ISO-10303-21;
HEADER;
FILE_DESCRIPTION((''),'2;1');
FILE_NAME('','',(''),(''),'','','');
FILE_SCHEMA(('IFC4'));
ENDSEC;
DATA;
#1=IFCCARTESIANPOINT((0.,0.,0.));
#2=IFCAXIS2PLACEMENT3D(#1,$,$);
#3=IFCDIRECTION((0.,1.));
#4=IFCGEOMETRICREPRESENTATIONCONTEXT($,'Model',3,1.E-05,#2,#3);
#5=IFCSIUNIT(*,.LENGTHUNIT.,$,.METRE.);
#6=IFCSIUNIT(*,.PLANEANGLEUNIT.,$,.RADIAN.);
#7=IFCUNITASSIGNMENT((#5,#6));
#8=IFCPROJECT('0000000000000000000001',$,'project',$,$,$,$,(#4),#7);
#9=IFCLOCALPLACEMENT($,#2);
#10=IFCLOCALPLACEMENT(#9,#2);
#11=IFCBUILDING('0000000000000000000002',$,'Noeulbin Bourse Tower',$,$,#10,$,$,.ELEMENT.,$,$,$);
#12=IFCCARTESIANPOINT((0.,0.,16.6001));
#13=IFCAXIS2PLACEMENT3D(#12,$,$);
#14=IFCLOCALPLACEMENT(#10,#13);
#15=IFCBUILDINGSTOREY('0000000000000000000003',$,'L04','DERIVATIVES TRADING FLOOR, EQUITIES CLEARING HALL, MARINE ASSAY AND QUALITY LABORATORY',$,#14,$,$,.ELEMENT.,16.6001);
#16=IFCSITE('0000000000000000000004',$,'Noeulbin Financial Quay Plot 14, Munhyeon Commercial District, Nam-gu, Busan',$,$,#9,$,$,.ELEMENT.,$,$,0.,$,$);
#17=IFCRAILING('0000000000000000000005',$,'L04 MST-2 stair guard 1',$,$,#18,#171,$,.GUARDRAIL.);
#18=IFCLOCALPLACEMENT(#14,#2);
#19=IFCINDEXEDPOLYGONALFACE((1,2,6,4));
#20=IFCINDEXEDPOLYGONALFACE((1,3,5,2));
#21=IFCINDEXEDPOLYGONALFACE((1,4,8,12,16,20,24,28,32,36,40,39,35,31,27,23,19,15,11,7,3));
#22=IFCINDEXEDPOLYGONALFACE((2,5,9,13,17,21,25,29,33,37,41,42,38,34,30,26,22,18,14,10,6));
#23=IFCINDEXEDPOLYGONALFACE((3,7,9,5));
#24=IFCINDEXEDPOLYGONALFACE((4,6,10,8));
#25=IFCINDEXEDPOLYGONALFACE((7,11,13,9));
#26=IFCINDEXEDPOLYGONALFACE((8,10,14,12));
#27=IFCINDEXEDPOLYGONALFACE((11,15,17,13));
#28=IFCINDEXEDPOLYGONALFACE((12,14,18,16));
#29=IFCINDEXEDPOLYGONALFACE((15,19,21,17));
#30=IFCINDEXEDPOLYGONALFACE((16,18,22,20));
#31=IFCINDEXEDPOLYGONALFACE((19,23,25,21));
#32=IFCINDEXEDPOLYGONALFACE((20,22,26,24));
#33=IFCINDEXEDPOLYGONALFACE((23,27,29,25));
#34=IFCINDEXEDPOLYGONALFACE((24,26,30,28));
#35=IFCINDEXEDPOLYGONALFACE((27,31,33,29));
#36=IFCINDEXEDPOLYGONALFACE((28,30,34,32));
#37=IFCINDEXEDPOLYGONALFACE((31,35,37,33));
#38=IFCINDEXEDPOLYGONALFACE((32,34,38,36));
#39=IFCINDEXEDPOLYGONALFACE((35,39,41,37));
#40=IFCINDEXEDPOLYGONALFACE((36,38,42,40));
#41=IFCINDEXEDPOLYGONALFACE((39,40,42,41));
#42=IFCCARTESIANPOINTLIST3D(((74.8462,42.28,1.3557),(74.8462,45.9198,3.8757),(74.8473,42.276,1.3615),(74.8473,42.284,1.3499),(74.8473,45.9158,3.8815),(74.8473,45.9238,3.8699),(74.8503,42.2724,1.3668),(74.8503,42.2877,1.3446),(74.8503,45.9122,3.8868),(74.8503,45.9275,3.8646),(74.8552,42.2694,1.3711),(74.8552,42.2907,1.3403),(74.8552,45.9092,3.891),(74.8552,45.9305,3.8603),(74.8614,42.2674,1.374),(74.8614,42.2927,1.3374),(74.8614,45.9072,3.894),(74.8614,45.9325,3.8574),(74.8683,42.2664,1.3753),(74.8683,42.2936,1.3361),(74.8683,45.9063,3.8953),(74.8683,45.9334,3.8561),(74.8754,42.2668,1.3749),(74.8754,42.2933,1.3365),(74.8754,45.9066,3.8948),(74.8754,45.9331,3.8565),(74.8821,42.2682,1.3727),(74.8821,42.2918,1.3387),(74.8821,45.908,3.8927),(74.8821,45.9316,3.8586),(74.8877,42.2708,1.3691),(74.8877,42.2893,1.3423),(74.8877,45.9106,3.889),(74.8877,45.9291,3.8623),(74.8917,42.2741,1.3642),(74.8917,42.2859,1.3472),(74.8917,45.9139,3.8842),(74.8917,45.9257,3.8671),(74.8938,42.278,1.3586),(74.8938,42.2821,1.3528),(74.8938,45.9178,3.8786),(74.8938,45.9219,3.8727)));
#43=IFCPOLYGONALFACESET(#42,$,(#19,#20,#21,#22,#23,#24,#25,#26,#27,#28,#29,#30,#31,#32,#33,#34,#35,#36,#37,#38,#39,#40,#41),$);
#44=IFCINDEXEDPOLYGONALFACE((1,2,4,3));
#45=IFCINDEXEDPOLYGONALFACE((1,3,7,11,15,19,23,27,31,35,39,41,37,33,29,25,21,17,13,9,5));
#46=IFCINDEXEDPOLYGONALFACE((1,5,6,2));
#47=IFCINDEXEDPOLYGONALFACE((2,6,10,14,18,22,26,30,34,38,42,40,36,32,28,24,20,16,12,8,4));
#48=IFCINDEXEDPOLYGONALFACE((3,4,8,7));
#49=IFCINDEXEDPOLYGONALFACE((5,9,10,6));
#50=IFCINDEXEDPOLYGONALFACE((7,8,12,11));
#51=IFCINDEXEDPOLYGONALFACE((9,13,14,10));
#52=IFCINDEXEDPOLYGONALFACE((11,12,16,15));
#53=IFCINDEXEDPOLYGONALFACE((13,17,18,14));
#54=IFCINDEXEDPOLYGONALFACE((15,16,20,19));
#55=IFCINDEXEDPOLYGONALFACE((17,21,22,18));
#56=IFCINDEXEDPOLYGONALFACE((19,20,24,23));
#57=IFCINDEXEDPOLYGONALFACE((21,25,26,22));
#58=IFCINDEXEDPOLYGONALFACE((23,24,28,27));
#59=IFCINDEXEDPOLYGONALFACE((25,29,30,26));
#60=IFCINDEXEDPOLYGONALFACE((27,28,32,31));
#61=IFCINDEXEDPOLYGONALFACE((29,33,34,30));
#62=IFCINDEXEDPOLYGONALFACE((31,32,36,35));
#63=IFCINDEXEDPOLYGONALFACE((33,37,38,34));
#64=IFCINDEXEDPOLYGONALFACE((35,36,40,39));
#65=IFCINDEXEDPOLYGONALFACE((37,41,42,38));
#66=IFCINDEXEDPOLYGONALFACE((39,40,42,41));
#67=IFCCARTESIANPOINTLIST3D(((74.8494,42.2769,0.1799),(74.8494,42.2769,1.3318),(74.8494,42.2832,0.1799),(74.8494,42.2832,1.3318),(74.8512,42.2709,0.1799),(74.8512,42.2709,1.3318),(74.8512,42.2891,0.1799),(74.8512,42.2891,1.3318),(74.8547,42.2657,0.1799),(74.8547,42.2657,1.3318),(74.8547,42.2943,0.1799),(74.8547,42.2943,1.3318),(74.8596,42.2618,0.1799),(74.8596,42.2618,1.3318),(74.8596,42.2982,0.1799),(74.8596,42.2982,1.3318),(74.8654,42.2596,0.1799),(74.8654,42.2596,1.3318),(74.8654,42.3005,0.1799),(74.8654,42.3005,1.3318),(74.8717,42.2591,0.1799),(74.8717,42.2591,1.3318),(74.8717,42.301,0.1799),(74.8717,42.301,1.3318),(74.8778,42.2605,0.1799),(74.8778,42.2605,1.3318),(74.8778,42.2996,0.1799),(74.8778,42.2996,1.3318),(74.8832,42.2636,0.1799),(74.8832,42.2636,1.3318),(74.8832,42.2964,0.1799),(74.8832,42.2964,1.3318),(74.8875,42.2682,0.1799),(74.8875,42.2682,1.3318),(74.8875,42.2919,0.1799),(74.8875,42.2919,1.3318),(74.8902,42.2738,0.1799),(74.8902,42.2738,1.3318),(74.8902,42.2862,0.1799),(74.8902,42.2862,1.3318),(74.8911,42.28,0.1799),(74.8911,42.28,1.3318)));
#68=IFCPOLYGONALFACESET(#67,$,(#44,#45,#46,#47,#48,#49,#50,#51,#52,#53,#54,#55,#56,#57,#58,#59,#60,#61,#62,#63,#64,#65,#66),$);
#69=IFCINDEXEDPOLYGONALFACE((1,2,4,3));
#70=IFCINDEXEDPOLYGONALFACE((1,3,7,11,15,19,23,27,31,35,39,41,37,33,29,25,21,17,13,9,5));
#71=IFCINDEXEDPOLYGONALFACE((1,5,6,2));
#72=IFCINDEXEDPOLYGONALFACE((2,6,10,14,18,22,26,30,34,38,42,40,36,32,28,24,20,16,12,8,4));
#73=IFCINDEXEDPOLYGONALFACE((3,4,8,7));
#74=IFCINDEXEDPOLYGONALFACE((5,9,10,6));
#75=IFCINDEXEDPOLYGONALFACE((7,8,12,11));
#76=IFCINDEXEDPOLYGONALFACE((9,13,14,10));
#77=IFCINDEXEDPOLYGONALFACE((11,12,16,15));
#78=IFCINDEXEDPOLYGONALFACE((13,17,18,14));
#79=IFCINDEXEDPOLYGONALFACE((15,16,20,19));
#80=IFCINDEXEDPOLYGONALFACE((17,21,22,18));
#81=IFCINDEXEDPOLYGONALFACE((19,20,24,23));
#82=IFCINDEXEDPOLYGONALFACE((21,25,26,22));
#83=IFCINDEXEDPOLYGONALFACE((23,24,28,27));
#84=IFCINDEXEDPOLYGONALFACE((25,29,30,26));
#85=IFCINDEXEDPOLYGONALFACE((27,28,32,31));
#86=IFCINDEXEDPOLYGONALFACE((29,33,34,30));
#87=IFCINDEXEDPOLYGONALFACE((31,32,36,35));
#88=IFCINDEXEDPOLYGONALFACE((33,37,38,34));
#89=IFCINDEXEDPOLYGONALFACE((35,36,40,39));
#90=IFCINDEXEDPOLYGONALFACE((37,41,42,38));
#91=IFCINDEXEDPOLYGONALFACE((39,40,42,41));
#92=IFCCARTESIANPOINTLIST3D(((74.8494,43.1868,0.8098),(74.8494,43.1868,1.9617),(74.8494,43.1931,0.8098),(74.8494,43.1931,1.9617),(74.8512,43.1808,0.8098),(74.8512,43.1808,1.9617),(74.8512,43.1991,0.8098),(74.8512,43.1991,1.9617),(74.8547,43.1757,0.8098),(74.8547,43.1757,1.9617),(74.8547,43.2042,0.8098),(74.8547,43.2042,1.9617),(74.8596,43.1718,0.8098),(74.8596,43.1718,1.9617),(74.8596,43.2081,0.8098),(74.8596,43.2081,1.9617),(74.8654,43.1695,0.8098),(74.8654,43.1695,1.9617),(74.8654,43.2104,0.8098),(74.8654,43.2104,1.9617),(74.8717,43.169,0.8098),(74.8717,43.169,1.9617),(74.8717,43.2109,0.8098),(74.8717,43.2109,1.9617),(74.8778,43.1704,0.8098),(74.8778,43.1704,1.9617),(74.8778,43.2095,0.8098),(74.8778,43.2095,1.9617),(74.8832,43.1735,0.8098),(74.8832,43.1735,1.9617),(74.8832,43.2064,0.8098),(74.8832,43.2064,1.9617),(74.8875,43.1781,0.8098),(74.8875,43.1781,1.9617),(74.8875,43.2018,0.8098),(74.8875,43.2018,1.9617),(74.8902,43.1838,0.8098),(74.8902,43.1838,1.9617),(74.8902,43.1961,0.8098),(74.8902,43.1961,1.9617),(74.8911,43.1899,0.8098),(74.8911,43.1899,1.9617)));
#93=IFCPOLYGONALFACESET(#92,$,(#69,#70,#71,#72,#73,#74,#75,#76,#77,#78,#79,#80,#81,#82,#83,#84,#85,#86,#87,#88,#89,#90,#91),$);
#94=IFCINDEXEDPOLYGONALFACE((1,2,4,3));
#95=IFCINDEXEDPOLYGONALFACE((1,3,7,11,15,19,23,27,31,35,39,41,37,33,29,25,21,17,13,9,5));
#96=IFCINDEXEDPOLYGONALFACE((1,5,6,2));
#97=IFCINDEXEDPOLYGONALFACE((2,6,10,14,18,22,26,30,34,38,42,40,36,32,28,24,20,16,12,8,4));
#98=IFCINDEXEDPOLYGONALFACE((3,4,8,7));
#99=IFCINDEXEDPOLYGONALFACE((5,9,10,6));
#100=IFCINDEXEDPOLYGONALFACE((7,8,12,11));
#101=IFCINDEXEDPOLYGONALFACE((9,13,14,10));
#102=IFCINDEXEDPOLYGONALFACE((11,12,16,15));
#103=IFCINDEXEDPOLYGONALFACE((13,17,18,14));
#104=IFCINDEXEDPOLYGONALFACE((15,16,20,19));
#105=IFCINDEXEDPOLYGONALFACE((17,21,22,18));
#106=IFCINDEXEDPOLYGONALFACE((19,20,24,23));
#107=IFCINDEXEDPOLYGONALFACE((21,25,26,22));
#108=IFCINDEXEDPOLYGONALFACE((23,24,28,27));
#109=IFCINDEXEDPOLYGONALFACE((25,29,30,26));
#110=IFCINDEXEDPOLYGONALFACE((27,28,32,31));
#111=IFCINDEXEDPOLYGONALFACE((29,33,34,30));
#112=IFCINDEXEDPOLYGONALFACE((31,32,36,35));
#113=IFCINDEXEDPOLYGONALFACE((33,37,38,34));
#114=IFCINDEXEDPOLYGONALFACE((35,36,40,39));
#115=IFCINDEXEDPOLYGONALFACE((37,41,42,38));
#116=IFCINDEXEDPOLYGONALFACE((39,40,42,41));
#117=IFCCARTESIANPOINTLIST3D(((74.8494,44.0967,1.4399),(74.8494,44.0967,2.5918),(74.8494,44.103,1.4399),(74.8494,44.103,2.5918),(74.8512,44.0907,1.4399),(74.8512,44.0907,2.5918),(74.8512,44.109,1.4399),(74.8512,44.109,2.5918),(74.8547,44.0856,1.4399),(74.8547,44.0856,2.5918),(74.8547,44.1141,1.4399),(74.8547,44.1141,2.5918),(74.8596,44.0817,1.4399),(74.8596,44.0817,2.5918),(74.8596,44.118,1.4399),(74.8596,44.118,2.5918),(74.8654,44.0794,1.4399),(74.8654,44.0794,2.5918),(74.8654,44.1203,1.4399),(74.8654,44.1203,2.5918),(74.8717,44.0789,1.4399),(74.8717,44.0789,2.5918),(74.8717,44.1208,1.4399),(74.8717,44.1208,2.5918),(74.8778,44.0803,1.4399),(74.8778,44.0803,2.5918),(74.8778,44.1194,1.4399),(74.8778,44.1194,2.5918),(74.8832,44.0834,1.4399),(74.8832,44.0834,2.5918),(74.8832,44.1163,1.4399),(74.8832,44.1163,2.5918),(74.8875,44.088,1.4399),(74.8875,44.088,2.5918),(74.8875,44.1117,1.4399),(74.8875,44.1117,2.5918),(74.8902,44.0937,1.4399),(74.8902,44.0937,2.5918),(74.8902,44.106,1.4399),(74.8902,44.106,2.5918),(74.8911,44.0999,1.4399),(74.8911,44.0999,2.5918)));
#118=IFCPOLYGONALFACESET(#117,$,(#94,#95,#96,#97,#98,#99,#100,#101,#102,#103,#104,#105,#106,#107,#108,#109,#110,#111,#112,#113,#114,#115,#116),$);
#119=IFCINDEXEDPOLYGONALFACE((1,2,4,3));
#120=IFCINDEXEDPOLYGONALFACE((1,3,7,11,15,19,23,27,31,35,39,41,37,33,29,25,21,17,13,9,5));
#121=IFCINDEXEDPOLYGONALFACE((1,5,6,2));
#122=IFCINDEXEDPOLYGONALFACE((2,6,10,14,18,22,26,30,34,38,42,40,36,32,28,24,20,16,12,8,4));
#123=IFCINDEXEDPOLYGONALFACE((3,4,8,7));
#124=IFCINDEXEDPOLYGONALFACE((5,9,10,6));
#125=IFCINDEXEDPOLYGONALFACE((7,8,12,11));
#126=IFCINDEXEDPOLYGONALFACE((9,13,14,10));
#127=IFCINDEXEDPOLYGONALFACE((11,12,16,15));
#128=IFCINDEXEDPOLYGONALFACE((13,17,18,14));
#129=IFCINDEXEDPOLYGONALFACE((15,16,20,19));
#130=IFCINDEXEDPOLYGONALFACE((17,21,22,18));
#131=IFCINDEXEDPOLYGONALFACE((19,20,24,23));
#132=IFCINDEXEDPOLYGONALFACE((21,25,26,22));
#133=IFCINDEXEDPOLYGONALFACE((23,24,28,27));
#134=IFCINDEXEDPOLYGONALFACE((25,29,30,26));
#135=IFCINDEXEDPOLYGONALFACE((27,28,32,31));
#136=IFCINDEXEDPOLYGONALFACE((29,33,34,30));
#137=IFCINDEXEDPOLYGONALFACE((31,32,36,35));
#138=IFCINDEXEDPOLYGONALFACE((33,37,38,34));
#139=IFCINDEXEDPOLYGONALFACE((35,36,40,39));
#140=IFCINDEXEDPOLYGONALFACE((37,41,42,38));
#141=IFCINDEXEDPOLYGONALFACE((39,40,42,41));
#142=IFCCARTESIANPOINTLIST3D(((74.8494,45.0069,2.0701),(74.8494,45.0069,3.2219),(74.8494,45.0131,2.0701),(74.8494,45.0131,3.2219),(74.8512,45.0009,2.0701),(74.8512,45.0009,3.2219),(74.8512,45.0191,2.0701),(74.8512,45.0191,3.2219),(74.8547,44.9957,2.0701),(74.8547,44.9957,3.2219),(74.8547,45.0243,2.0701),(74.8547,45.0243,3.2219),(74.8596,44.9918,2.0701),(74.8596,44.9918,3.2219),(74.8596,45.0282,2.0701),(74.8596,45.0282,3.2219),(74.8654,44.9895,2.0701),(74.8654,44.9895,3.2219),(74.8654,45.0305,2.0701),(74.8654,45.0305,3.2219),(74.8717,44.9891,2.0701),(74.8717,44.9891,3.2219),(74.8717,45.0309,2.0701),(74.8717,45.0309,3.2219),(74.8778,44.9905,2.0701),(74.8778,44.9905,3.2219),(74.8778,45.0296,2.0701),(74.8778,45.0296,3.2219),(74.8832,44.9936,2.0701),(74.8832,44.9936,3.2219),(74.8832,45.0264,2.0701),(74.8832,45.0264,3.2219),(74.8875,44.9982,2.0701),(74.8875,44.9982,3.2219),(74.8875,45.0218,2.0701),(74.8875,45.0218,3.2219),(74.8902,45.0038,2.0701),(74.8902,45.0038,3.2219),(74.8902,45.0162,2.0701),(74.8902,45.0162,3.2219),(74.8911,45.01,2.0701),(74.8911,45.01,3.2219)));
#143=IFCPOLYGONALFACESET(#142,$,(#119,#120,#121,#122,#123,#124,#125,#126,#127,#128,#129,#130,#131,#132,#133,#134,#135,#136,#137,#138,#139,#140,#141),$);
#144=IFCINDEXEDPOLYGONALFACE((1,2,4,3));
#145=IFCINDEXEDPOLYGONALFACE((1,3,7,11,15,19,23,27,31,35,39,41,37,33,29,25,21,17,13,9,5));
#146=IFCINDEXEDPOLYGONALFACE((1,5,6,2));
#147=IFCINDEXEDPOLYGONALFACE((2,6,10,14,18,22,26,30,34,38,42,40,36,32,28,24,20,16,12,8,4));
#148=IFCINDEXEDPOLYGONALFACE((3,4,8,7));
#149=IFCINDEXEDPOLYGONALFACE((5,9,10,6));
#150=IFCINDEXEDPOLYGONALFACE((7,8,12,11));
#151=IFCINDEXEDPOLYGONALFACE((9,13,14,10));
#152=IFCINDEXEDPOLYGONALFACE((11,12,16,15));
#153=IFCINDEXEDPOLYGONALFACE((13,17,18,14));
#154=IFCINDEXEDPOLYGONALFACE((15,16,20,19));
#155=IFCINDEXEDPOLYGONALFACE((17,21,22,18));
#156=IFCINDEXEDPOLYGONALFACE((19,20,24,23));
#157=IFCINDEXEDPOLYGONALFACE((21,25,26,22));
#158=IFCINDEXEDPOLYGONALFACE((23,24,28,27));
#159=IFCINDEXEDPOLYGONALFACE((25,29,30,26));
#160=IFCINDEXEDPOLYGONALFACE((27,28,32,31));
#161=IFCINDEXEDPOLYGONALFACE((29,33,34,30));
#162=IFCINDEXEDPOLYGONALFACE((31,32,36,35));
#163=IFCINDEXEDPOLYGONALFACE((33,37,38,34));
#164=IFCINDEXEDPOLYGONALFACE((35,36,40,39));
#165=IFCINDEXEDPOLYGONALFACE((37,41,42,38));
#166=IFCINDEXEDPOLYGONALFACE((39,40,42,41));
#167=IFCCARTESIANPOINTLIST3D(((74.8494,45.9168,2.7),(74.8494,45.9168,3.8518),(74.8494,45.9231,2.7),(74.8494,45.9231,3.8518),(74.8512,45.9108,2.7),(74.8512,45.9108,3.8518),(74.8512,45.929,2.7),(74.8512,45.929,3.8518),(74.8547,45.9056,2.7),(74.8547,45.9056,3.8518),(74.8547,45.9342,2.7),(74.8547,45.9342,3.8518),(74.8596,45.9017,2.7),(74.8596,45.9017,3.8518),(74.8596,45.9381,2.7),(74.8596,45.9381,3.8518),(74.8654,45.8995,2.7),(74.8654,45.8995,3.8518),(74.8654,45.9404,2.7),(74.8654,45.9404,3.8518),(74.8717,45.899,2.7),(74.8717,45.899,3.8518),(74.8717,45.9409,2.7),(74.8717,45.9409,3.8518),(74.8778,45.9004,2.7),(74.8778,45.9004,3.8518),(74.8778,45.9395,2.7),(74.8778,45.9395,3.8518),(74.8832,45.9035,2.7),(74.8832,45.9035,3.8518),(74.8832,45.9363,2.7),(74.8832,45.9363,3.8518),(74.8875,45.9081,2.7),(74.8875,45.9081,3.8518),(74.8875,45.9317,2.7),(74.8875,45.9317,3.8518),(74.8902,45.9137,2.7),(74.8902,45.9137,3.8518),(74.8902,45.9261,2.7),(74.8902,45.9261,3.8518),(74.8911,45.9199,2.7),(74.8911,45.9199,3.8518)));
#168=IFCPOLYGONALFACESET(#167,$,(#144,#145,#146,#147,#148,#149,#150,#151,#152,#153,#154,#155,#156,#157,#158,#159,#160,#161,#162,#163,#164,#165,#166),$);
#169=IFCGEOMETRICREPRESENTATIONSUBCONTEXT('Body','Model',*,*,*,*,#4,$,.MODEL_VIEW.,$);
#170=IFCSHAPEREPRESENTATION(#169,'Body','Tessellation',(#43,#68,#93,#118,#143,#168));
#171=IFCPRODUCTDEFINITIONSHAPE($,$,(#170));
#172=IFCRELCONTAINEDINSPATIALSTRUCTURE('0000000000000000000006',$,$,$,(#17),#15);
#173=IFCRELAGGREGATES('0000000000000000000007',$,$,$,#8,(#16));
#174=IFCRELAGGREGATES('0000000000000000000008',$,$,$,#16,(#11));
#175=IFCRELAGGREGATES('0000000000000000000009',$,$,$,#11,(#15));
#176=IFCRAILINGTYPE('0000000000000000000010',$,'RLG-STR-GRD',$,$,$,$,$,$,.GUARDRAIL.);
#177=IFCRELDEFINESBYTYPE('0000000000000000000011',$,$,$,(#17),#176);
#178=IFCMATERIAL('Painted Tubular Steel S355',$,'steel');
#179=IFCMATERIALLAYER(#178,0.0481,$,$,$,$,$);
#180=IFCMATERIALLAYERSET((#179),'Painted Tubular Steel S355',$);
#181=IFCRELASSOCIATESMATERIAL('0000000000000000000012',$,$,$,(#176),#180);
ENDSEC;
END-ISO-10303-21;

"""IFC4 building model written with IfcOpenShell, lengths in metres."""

from ifc_helpers import new_model, si_unit, direction, frame, origin, origin_2d, place, context, subcontext, project, spatial, circle, extrude, material, layer, layer_set, type_object, element, save


model = new_model("IFC4")

# Units and contexts
model_context = context("Model", 3, precision=1e-05, world=origin(), true_north=direction((0.0, 1.0)))
body_context = subcontext(model_context, "Body", "Model", "MODEL_VIEW")
ifc_project = project(units=[si_unit("LENGTHUNIT", "METRE"), si_unit("PLANEANGLEUNIT", "RADIAN")], contexts=[model_context])

# Site, building, storey
site_placement = place(None, origin())
site = spatial("IfcSite", under=ifc_project, at=site_placement, Name="Noeulbin Financial Quay Plot 14, Munhyeon Commercial District, Nam-gu, Busan", CompositionType="ELEMENT", RefElevation=0.0)
building_placement = place(site_placement, origin())
building = spatial("IfcBuilding", under=site, at=building_placement, Name="Noeulbin Bourse Tower", CompositionType="ELEMENT")
storey_placement = place(building_placement, frame((0.0, 0.0, 16.6001)))
storey = spatial("IfcBuildingStorey", under=building, at=storey_placement, Name="L04", Description="DERIVATIVES TRADING FLOOR, EQUITIES CLEARING HALL, MARINE ASSAY AND QUALITY LABORATORY", CompositionType="ELEMENT", Elevation=16.6001)

# Railing
ifc_material_1 = material(Name="Painted Tubular Steel S355", Category="steel")
ifc_layer_1 = layer(ifc_material_1, 0.0481)
ifc_layer_set_1 = layer_set([ifc_layer_1], Name="Painted Tubular Steel S355")
railing_type_1 = type_object("IfcRailingType", Name="RLG-STR-GRD", PredefinedType="GUARDRAIL", material=ifc_layer_set_1)
railing_1_placement = place(storey_placement, frame((74.8701, 42.28, 0.1799)))
element("IfcRailing", 1, at=railing_1_placement, inside=storey, type_object=railing_type_1, Name="L04 MST-2 stair guard 1", PredefinedType="GUARDRAIL", context=body_context, shape_type="SweptSolid", body=[
    extrude(circle(Radius=0.0239, at=origin_2d()), frame((0.0, 0.0, 1.1758), z_axis=(0.0, 0.822182, 0.569224), x_axis=(-1.0, 0.0, 0.0)), (0.0, 0.0, 1.0), 4.427),
    extrude(circle(Radius=0.021, at=origin_2d()), origin(), (0.0, 0.0, 1.0), 1.1519),
    extrude(circle(Radius=0.021, at=origin_2d()), frame((0.0, 0.9099, 0.6299)), (0.0, 0.0, 1.0), 1.1519),
    extrude(circle(Radius=0.021, at=origin_2d()), frame((0.0, 1.8198, 1.26)), (0.0, 0.0, 1.0), 1.1519),
    extrude(circle(Radius=0.021, at=origin_2d()), frame((0.0, 2.73, 1.8901)), (0.0, 0.0, 1.0), 1.1519),
    extrude(circle(Radius=0.021, at=origin_2d()), frame((0.0, 3.6399, 2.52)), (0.0, 0.0, 1.0), 1.1519),
])

save(model, "model.ifc")
